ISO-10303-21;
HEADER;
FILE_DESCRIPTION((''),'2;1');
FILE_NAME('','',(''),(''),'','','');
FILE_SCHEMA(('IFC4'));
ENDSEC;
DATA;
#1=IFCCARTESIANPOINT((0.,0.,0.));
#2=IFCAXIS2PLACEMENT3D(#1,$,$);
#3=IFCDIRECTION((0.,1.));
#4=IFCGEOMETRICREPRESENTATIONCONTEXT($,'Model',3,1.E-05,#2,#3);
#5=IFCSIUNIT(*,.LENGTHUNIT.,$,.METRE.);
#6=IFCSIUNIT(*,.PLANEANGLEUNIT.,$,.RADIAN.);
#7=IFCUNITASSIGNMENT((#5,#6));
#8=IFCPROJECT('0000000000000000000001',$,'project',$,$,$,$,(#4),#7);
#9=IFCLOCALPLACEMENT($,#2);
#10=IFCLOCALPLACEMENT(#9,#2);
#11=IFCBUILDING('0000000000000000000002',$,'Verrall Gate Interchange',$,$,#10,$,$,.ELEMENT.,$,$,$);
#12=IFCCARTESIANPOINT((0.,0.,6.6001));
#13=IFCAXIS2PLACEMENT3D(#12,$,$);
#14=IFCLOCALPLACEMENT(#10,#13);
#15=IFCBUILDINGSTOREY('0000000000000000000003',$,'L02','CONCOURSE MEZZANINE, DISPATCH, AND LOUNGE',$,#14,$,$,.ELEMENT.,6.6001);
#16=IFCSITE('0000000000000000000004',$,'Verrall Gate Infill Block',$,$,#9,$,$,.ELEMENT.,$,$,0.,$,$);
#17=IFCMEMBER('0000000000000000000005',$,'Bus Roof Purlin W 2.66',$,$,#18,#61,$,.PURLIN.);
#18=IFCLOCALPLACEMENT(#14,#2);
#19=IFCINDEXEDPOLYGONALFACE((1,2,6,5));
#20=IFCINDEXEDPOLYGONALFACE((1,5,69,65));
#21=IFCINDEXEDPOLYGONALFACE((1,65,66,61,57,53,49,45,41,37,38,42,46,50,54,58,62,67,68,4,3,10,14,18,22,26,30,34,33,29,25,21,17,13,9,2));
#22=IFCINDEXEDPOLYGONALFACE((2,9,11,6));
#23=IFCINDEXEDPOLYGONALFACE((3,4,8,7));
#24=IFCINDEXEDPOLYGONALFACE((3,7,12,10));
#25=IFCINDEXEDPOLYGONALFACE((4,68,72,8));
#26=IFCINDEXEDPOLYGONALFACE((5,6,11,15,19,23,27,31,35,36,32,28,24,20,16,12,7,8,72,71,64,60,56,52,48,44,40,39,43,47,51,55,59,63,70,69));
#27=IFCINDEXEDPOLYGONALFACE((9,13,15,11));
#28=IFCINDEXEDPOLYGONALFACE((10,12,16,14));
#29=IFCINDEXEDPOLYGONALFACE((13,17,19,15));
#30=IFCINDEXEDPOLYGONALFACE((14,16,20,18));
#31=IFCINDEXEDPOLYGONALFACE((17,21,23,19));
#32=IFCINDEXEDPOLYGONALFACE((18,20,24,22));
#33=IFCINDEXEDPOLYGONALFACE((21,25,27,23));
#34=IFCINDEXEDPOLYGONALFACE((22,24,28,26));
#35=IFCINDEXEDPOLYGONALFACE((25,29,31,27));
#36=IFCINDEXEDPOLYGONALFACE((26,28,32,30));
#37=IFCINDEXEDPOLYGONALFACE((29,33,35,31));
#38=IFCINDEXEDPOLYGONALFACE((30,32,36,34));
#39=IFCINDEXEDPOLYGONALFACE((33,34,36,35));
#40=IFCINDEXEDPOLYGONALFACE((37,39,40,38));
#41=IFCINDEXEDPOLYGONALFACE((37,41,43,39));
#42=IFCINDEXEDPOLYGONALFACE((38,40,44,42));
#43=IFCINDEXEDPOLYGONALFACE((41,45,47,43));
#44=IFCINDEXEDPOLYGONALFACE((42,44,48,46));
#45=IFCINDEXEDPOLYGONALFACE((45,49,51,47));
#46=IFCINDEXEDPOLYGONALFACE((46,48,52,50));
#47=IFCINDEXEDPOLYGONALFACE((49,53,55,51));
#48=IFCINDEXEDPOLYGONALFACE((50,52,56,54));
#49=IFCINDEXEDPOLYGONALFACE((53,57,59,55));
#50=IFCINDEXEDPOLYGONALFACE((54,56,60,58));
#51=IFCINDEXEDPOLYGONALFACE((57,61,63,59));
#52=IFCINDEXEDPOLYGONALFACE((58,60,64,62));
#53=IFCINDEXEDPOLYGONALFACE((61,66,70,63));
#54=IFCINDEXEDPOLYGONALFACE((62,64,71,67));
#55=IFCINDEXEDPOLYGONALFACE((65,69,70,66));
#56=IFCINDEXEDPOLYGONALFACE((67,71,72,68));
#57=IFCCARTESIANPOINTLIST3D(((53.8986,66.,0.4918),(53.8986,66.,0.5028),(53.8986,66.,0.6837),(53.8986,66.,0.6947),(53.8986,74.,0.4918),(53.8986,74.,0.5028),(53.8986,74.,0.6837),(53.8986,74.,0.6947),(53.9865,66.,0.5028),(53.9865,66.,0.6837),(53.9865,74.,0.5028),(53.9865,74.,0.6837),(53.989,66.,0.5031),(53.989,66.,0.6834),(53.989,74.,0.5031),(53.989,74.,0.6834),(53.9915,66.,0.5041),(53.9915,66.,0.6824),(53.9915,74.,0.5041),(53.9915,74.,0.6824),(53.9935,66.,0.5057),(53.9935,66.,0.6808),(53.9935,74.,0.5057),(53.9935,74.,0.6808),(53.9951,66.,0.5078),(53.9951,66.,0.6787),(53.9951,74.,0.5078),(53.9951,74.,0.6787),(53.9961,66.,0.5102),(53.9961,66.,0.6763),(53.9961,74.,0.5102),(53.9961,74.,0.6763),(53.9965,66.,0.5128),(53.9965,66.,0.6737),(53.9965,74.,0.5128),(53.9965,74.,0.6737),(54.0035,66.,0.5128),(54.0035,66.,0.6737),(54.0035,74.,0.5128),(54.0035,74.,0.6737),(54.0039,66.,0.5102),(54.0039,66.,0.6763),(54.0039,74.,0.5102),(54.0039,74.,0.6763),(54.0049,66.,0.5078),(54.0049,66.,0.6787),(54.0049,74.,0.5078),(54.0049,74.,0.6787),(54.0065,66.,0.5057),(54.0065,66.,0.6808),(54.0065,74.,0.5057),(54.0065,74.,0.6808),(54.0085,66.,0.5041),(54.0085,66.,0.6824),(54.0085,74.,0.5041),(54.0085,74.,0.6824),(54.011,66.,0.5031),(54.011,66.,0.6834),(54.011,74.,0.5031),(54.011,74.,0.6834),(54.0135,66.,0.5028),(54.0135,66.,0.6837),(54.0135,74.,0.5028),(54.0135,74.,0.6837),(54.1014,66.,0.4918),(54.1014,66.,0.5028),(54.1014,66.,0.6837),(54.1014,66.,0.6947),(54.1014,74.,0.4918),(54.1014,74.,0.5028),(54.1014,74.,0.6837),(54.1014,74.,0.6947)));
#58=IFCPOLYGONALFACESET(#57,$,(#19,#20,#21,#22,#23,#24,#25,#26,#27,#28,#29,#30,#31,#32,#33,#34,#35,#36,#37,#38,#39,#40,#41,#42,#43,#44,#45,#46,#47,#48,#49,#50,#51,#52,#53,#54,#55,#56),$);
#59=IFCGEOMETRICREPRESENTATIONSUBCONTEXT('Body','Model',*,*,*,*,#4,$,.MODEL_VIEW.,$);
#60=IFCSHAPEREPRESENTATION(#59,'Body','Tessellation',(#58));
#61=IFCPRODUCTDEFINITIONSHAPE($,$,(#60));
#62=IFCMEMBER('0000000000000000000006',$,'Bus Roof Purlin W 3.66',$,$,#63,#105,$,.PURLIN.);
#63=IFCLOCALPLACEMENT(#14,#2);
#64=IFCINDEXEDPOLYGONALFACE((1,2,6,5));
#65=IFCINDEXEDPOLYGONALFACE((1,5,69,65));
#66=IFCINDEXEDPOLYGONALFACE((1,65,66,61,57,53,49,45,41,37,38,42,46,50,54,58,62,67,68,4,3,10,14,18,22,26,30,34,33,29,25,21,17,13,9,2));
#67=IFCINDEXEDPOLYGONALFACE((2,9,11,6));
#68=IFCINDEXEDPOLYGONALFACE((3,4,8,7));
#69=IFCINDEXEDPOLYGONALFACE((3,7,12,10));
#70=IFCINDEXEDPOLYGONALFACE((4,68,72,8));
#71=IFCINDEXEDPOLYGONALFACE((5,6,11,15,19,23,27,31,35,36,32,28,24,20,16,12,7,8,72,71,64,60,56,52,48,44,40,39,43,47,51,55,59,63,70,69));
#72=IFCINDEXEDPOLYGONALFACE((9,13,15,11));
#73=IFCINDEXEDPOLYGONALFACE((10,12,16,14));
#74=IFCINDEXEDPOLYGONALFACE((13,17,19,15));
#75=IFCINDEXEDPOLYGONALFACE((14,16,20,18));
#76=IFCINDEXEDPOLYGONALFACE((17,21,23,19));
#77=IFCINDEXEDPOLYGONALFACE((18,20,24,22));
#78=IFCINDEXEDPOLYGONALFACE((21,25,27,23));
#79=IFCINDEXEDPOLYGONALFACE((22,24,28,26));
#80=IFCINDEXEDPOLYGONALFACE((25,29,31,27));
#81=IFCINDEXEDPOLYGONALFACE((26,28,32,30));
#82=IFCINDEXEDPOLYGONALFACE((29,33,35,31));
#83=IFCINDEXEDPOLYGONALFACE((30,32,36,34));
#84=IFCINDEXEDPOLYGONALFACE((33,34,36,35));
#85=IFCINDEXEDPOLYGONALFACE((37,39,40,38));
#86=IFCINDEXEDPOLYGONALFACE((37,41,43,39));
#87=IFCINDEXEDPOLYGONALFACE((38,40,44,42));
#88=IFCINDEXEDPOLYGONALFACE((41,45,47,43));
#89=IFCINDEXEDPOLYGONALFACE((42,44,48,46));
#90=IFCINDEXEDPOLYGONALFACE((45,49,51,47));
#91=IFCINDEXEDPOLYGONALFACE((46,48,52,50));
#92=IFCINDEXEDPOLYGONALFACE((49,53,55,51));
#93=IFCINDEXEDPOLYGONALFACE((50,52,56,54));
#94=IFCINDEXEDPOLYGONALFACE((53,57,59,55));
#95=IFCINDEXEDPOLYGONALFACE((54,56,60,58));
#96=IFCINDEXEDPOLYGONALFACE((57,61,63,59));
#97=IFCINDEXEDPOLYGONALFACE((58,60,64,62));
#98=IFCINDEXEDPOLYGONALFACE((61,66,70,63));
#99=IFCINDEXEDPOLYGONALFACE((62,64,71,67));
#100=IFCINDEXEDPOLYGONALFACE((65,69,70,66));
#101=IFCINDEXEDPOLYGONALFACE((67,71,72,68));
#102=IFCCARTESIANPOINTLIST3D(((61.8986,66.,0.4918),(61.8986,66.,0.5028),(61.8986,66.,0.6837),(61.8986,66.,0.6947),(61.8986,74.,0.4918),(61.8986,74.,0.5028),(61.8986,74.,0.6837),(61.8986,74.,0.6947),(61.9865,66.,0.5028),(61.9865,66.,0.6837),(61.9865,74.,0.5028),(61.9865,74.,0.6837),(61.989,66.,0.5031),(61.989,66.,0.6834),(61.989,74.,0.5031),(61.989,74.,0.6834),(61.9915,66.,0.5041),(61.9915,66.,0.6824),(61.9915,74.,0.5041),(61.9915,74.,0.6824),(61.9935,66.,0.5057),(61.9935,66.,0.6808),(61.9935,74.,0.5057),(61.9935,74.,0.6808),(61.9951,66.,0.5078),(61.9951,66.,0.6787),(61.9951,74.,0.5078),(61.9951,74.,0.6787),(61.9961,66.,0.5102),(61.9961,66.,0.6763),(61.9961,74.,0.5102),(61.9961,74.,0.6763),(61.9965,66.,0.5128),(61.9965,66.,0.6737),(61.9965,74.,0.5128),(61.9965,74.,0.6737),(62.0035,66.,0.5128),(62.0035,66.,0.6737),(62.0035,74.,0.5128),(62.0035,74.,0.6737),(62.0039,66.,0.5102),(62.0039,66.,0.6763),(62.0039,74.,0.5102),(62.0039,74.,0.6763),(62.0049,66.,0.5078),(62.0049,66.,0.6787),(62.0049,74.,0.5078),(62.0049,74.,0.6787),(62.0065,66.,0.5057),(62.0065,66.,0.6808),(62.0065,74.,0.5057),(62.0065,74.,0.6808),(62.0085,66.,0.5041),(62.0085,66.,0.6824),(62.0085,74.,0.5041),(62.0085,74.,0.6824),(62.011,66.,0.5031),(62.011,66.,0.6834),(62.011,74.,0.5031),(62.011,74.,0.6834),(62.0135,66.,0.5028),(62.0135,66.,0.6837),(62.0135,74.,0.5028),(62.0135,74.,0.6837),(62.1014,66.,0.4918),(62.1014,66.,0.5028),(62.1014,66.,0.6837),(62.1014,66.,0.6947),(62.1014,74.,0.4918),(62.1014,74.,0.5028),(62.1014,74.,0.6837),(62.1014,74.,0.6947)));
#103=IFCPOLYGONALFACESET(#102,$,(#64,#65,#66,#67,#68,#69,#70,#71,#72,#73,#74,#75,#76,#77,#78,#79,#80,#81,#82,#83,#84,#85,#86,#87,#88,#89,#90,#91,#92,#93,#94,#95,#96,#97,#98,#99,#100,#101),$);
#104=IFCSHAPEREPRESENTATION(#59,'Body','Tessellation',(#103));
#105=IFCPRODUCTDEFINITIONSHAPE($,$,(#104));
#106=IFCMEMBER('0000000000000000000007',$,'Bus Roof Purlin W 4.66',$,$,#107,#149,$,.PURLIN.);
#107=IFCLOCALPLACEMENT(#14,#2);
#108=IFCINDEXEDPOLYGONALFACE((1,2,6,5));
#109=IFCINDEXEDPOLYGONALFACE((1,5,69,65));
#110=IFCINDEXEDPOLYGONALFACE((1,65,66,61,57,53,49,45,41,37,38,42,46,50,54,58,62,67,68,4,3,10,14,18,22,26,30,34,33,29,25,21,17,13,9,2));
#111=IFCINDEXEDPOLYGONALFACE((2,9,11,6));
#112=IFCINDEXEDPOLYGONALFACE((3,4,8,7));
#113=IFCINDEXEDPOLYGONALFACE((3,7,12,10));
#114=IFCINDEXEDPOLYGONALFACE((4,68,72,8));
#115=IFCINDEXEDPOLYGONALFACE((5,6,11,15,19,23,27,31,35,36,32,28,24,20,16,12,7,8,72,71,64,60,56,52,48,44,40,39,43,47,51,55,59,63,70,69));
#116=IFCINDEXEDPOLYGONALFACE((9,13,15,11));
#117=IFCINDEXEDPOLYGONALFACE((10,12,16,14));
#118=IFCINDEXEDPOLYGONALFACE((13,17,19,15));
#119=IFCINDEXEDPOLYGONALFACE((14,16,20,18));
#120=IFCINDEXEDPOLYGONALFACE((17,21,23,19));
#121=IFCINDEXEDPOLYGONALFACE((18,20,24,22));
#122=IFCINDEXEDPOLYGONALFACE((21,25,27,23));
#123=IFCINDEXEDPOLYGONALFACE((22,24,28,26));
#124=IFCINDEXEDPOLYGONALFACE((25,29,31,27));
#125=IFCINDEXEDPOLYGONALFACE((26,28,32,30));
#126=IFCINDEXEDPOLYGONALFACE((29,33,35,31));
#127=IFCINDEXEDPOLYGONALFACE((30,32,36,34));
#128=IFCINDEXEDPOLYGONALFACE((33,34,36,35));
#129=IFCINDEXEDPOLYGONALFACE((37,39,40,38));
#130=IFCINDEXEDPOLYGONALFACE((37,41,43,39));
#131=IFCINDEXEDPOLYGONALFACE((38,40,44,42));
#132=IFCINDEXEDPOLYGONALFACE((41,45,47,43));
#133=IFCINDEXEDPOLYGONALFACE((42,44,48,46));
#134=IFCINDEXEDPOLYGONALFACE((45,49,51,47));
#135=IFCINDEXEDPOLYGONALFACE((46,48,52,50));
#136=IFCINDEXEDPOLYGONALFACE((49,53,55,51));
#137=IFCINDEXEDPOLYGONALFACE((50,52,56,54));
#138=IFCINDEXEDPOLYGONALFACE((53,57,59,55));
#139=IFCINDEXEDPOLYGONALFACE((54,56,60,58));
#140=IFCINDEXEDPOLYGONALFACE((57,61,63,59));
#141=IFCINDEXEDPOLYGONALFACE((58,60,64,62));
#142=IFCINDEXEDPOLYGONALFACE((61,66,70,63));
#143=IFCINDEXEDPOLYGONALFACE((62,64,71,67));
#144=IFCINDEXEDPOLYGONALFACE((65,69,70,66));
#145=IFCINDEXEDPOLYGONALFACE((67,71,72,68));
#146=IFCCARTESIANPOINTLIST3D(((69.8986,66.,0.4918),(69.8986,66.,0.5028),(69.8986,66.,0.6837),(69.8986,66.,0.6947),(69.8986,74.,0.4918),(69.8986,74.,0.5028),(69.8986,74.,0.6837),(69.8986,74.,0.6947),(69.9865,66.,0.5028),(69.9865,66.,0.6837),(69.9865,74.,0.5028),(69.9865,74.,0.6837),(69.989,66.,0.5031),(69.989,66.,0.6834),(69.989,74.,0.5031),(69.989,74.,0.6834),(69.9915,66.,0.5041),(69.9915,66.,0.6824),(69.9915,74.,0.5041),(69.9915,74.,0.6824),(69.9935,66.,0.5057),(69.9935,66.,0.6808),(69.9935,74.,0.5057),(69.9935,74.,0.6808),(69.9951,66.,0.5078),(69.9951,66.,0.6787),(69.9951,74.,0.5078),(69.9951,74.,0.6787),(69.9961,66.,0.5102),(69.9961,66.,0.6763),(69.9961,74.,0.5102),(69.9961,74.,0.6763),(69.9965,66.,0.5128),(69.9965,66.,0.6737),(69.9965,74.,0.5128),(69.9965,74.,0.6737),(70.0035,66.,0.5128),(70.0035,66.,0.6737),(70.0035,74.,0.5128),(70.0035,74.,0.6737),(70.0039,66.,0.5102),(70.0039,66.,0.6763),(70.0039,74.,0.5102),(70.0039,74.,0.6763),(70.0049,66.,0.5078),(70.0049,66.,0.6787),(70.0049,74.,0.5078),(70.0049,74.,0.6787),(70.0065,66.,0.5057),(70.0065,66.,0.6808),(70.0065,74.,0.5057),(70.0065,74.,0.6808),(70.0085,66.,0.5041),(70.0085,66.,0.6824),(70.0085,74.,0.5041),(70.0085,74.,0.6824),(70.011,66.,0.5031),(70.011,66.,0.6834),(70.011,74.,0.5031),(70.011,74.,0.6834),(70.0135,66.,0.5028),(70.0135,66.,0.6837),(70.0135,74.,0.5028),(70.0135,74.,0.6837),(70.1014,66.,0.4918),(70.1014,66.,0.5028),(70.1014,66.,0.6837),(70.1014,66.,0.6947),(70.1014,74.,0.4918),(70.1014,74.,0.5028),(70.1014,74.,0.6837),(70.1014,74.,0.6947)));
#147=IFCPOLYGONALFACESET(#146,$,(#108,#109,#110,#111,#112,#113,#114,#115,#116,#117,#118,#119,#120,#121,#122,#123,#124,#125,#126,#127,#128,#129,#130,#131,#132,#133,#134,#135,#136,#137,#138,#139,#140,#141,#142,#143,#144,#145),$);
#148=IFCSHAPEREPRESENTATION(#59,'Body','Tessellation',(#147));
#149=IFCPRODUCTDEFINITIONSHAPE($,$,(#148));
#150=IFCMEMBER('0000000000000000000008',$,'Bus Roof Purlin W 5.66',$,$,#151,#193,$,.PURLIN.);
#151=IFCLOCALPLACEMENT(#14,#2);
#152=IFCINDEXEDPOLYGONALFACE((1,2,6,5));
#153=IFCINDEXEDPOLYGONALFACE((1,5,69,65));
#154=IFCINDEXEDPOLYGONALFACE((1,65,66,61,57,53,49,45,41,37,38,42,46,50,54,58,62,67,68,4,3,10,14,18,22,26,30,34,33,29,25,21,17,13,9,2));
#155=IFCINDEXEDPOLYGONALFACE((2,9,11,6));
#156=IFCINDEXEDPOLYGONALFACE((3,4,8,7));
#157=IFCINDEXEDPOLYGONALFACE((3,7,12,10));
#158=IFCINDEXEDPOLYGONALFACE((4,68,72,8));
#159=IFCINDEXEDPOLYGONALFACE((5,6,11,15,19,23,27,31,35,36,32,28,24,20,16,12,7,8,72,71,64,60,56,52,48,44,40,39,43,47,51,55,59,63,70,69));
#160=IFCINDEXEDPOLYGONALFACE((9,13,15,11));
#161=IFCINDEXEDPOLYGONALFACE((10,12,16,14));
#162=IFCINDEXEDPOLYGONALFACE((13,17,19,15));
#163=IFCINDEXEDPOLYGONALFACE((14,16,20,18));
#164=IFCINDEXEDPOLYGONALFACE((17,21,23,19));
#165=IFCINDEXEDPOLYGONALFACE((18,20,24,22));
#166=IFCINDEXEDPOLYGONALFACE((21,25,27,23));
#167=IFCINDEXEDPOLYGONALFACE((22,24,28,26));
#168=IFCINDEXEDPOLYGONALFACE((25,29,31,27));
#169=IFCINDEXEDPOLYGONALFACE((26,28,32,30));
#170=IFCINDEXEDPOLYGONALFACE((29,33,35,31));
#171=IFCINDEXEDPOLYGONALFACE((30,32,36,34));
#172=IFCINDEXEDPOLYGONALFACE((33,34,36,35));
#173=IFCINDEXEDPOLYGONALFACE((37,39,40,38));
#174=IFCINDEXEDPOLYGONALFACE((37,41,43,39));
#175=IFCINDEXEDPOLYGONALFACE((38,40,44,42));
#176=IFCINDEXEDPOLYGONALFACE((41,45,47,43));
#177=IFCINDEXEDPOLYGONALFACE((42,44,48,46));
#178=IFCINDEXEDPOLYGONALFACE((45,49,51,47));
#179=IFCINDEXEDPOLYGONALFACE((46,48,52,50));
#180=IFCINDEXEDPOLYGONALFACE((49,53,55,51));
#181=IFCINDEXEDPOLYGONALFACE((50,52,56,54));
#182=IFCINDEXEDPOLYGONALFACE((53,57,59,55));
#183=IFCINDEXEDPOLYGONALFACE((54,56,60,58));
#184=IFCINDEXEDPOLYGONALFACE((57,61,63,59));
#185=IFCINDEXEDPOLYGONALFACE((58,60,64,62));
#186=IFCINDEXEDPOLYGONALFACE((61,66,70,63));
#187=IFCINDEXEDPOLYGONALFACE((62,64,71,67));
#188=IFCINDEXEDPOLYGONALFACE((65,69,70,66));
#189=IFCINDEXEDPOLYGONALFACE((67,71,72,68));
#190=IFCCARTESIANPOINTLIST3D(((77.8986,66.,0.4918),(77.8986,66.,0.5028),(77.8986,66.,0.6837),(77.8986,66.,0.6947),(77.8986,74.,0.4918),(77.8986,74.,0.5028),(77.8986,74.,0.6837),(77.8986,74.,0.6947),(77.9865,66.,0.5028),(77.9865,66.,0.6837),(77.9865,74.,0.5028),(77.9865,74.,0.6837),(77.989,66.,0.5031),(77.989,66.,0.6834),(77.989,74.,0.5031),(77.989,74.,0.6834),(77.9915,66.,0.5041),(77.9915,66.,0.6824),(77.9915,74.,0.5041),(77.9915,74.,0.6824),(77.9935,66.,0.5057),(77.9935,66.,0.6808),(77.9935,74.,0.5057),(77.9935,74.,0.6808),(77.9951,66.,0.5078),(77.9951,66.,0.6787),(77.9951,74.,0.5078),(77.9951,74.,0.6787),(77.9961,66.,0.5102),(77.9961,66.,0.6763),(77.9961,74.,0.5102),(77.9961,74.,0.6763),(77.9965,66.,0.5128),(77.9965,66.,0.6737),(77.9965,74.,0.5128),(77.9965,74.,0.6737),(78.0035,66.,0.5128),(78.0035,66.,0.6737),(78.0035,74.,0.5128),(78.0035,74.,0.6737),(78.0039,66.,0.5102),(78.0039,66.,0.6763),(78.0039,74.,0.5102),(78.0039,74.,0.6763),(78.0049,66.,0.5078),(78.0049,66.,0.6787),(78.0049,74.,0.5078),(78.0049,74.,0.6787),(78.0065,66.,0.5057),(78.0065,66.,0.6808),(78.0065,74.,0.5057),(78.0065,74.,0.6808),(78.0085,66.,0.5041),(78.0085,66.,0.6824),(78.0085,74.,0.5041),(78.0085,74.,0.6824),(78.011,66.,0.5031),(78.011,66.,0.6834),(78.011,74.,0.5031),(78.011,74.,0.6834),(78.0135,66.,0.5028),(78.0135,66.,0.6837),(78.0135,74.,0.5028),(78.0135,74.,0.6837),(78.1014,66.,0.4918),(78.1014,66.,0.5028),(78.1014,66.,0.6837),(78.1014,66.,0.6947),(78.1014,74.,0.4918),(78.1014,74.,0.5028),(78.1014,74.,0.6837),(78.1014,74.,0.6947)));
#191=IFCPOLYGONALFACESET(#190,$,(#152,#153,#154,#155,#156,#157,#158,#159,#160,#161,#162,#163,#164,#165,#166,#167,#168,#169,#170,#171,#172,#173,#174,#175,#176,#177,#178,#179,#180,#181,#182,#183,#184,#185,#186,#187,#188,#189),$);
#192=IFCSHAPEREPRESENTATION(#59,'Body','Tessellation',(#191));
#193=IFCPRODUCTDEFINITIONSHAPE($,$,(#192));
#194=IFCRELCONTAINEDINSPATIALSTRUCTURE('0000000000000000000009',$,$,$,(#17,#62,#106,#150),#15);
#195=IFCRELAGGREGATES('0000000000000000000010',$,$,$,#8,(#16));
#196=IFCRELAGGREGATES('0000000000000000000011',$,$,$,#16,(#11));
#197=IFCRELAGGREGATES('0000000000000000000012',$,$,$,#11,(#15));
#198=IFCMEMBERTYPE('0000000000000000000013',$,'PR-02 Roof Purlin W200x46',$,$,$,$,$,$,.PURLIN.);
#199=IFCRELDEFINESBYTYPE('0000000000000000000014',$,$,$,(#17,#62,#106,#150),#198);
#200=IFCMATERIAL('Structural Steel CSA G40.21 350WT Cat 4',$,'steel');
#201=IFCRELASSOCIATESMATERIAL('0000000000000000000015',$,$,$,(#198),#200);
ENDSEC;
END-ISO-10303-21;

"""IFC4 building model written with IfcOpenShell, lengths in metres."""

from ifc_helpers import new_model, si_unit, direction, frame, origin, origin_2d, place, context, subcontext, project, spatial, i_section, extrude, material, material_profile, profile_set, type_object, element, save


model = new_model("IFC4")

# Units and contexts
model_context = context("Model", 3, precision=1e-05, world=origin(), true_north=direction((0.0, 1.0)))
body_context = subcontext(model_context, "Body", "Model", "MODEL_VIEW")
ifc_project = project(units=[si_unit("LENGTHUNIT", "METRE"), si_unit("PLANEANGLEUNIT", "RADIAN")], contexts=[model_context])

# Site, building, storey
site_placement = place(None, origin())
site = spatial("IfcSite", under=ifc_project, at=site_placement, Name="Verrall Gate Infill Block", CompositionType="ELEMENT", RefElevation=0.0)
building_placement = place(site_placement, origin())
building = spatial("IfcBuilding", under=site, at=building_placement, Name="Verrall Gate Interchange", CompositionType="ELEMENT")
storey_placement = place(building_placement, frame((0.0, 0.0, 6.6001)))
storey = spatial("IfcBuildingStorey", under=building, at=storey_placement, Name="L02", Description="CONCOURSE MEZZANINE, DISPATCH, AND LOUNGE", CompositionType="ELEMENT", Elevation=6.6001)

# Members
ifc_material_1 = material(Name="Structural Steel CSA G40.21 350WT Cat 4", Category="steel")
ifc_material_profile_1 = material_profile(ifc_material_1, i_section(OverallWidth=0.2029, OverallDepth=0.2029, WebThickness=0.0071, FlangeThickness=0.011, FilletRadius=0.01, at=origin_2d()), Name="W200x46")
ifc_profile_set_1 = profile_set([ifc_material_profile_1], Name="Structural Steel CSA G40.21 350WT Cat 4")
member_type_1 = type_object("IfcMemberType", Name="PR-02 Roof Purlin W200x46", PredefinedType="PURLIN", material=ifc_profile_set_1)
for number, where, z_axis, x_axis, name in (
    (1, (54.0, 66.0, 0.5933), (0.0, 1.0, 0.0), (-1.0, 0.0, 0.0), "Bus Roof Purlin W 2.66"),
    (2, (62.0, 66.0, 0.5933), (0.0, 1.0, 0.0), (-1.0, 0.0, 0.0), "Bus Roof Purlin W 3.66"),
    (3, (70.0, 66.0, 0.5933), (0.0, 1.0, 0.0), (-1.0, 0.0, 0.0), "Bus Roof Purlin W 4.66"),
    (4, (78.0, 66.0, 0.5933), (0.0, 1.0, 0.0), (-1.0, 0.0, 0.0), "Bus Roof Purlin W 5.66"),
):
    element("IfcMember", number, at=place(storey_placement, frame(where, z_axis=z_axis, x_axis=x_axis)), inside=storey, type_object=member_type_1, Name=name, PredefinedType="PURLIN", context=body_context, shape_type="SweptSolid", body=[
        extrude(i_section(OverallWidth=0.2029, OverallDepth=0.2029, WebThickness=0.0071, FlangeThickness=0.011, FilletRadius=0.01, at=origin_2d()), origin(), (0.0, 0.0, 1.0), 8.0),
    ])

save(model, "model.ifc")
